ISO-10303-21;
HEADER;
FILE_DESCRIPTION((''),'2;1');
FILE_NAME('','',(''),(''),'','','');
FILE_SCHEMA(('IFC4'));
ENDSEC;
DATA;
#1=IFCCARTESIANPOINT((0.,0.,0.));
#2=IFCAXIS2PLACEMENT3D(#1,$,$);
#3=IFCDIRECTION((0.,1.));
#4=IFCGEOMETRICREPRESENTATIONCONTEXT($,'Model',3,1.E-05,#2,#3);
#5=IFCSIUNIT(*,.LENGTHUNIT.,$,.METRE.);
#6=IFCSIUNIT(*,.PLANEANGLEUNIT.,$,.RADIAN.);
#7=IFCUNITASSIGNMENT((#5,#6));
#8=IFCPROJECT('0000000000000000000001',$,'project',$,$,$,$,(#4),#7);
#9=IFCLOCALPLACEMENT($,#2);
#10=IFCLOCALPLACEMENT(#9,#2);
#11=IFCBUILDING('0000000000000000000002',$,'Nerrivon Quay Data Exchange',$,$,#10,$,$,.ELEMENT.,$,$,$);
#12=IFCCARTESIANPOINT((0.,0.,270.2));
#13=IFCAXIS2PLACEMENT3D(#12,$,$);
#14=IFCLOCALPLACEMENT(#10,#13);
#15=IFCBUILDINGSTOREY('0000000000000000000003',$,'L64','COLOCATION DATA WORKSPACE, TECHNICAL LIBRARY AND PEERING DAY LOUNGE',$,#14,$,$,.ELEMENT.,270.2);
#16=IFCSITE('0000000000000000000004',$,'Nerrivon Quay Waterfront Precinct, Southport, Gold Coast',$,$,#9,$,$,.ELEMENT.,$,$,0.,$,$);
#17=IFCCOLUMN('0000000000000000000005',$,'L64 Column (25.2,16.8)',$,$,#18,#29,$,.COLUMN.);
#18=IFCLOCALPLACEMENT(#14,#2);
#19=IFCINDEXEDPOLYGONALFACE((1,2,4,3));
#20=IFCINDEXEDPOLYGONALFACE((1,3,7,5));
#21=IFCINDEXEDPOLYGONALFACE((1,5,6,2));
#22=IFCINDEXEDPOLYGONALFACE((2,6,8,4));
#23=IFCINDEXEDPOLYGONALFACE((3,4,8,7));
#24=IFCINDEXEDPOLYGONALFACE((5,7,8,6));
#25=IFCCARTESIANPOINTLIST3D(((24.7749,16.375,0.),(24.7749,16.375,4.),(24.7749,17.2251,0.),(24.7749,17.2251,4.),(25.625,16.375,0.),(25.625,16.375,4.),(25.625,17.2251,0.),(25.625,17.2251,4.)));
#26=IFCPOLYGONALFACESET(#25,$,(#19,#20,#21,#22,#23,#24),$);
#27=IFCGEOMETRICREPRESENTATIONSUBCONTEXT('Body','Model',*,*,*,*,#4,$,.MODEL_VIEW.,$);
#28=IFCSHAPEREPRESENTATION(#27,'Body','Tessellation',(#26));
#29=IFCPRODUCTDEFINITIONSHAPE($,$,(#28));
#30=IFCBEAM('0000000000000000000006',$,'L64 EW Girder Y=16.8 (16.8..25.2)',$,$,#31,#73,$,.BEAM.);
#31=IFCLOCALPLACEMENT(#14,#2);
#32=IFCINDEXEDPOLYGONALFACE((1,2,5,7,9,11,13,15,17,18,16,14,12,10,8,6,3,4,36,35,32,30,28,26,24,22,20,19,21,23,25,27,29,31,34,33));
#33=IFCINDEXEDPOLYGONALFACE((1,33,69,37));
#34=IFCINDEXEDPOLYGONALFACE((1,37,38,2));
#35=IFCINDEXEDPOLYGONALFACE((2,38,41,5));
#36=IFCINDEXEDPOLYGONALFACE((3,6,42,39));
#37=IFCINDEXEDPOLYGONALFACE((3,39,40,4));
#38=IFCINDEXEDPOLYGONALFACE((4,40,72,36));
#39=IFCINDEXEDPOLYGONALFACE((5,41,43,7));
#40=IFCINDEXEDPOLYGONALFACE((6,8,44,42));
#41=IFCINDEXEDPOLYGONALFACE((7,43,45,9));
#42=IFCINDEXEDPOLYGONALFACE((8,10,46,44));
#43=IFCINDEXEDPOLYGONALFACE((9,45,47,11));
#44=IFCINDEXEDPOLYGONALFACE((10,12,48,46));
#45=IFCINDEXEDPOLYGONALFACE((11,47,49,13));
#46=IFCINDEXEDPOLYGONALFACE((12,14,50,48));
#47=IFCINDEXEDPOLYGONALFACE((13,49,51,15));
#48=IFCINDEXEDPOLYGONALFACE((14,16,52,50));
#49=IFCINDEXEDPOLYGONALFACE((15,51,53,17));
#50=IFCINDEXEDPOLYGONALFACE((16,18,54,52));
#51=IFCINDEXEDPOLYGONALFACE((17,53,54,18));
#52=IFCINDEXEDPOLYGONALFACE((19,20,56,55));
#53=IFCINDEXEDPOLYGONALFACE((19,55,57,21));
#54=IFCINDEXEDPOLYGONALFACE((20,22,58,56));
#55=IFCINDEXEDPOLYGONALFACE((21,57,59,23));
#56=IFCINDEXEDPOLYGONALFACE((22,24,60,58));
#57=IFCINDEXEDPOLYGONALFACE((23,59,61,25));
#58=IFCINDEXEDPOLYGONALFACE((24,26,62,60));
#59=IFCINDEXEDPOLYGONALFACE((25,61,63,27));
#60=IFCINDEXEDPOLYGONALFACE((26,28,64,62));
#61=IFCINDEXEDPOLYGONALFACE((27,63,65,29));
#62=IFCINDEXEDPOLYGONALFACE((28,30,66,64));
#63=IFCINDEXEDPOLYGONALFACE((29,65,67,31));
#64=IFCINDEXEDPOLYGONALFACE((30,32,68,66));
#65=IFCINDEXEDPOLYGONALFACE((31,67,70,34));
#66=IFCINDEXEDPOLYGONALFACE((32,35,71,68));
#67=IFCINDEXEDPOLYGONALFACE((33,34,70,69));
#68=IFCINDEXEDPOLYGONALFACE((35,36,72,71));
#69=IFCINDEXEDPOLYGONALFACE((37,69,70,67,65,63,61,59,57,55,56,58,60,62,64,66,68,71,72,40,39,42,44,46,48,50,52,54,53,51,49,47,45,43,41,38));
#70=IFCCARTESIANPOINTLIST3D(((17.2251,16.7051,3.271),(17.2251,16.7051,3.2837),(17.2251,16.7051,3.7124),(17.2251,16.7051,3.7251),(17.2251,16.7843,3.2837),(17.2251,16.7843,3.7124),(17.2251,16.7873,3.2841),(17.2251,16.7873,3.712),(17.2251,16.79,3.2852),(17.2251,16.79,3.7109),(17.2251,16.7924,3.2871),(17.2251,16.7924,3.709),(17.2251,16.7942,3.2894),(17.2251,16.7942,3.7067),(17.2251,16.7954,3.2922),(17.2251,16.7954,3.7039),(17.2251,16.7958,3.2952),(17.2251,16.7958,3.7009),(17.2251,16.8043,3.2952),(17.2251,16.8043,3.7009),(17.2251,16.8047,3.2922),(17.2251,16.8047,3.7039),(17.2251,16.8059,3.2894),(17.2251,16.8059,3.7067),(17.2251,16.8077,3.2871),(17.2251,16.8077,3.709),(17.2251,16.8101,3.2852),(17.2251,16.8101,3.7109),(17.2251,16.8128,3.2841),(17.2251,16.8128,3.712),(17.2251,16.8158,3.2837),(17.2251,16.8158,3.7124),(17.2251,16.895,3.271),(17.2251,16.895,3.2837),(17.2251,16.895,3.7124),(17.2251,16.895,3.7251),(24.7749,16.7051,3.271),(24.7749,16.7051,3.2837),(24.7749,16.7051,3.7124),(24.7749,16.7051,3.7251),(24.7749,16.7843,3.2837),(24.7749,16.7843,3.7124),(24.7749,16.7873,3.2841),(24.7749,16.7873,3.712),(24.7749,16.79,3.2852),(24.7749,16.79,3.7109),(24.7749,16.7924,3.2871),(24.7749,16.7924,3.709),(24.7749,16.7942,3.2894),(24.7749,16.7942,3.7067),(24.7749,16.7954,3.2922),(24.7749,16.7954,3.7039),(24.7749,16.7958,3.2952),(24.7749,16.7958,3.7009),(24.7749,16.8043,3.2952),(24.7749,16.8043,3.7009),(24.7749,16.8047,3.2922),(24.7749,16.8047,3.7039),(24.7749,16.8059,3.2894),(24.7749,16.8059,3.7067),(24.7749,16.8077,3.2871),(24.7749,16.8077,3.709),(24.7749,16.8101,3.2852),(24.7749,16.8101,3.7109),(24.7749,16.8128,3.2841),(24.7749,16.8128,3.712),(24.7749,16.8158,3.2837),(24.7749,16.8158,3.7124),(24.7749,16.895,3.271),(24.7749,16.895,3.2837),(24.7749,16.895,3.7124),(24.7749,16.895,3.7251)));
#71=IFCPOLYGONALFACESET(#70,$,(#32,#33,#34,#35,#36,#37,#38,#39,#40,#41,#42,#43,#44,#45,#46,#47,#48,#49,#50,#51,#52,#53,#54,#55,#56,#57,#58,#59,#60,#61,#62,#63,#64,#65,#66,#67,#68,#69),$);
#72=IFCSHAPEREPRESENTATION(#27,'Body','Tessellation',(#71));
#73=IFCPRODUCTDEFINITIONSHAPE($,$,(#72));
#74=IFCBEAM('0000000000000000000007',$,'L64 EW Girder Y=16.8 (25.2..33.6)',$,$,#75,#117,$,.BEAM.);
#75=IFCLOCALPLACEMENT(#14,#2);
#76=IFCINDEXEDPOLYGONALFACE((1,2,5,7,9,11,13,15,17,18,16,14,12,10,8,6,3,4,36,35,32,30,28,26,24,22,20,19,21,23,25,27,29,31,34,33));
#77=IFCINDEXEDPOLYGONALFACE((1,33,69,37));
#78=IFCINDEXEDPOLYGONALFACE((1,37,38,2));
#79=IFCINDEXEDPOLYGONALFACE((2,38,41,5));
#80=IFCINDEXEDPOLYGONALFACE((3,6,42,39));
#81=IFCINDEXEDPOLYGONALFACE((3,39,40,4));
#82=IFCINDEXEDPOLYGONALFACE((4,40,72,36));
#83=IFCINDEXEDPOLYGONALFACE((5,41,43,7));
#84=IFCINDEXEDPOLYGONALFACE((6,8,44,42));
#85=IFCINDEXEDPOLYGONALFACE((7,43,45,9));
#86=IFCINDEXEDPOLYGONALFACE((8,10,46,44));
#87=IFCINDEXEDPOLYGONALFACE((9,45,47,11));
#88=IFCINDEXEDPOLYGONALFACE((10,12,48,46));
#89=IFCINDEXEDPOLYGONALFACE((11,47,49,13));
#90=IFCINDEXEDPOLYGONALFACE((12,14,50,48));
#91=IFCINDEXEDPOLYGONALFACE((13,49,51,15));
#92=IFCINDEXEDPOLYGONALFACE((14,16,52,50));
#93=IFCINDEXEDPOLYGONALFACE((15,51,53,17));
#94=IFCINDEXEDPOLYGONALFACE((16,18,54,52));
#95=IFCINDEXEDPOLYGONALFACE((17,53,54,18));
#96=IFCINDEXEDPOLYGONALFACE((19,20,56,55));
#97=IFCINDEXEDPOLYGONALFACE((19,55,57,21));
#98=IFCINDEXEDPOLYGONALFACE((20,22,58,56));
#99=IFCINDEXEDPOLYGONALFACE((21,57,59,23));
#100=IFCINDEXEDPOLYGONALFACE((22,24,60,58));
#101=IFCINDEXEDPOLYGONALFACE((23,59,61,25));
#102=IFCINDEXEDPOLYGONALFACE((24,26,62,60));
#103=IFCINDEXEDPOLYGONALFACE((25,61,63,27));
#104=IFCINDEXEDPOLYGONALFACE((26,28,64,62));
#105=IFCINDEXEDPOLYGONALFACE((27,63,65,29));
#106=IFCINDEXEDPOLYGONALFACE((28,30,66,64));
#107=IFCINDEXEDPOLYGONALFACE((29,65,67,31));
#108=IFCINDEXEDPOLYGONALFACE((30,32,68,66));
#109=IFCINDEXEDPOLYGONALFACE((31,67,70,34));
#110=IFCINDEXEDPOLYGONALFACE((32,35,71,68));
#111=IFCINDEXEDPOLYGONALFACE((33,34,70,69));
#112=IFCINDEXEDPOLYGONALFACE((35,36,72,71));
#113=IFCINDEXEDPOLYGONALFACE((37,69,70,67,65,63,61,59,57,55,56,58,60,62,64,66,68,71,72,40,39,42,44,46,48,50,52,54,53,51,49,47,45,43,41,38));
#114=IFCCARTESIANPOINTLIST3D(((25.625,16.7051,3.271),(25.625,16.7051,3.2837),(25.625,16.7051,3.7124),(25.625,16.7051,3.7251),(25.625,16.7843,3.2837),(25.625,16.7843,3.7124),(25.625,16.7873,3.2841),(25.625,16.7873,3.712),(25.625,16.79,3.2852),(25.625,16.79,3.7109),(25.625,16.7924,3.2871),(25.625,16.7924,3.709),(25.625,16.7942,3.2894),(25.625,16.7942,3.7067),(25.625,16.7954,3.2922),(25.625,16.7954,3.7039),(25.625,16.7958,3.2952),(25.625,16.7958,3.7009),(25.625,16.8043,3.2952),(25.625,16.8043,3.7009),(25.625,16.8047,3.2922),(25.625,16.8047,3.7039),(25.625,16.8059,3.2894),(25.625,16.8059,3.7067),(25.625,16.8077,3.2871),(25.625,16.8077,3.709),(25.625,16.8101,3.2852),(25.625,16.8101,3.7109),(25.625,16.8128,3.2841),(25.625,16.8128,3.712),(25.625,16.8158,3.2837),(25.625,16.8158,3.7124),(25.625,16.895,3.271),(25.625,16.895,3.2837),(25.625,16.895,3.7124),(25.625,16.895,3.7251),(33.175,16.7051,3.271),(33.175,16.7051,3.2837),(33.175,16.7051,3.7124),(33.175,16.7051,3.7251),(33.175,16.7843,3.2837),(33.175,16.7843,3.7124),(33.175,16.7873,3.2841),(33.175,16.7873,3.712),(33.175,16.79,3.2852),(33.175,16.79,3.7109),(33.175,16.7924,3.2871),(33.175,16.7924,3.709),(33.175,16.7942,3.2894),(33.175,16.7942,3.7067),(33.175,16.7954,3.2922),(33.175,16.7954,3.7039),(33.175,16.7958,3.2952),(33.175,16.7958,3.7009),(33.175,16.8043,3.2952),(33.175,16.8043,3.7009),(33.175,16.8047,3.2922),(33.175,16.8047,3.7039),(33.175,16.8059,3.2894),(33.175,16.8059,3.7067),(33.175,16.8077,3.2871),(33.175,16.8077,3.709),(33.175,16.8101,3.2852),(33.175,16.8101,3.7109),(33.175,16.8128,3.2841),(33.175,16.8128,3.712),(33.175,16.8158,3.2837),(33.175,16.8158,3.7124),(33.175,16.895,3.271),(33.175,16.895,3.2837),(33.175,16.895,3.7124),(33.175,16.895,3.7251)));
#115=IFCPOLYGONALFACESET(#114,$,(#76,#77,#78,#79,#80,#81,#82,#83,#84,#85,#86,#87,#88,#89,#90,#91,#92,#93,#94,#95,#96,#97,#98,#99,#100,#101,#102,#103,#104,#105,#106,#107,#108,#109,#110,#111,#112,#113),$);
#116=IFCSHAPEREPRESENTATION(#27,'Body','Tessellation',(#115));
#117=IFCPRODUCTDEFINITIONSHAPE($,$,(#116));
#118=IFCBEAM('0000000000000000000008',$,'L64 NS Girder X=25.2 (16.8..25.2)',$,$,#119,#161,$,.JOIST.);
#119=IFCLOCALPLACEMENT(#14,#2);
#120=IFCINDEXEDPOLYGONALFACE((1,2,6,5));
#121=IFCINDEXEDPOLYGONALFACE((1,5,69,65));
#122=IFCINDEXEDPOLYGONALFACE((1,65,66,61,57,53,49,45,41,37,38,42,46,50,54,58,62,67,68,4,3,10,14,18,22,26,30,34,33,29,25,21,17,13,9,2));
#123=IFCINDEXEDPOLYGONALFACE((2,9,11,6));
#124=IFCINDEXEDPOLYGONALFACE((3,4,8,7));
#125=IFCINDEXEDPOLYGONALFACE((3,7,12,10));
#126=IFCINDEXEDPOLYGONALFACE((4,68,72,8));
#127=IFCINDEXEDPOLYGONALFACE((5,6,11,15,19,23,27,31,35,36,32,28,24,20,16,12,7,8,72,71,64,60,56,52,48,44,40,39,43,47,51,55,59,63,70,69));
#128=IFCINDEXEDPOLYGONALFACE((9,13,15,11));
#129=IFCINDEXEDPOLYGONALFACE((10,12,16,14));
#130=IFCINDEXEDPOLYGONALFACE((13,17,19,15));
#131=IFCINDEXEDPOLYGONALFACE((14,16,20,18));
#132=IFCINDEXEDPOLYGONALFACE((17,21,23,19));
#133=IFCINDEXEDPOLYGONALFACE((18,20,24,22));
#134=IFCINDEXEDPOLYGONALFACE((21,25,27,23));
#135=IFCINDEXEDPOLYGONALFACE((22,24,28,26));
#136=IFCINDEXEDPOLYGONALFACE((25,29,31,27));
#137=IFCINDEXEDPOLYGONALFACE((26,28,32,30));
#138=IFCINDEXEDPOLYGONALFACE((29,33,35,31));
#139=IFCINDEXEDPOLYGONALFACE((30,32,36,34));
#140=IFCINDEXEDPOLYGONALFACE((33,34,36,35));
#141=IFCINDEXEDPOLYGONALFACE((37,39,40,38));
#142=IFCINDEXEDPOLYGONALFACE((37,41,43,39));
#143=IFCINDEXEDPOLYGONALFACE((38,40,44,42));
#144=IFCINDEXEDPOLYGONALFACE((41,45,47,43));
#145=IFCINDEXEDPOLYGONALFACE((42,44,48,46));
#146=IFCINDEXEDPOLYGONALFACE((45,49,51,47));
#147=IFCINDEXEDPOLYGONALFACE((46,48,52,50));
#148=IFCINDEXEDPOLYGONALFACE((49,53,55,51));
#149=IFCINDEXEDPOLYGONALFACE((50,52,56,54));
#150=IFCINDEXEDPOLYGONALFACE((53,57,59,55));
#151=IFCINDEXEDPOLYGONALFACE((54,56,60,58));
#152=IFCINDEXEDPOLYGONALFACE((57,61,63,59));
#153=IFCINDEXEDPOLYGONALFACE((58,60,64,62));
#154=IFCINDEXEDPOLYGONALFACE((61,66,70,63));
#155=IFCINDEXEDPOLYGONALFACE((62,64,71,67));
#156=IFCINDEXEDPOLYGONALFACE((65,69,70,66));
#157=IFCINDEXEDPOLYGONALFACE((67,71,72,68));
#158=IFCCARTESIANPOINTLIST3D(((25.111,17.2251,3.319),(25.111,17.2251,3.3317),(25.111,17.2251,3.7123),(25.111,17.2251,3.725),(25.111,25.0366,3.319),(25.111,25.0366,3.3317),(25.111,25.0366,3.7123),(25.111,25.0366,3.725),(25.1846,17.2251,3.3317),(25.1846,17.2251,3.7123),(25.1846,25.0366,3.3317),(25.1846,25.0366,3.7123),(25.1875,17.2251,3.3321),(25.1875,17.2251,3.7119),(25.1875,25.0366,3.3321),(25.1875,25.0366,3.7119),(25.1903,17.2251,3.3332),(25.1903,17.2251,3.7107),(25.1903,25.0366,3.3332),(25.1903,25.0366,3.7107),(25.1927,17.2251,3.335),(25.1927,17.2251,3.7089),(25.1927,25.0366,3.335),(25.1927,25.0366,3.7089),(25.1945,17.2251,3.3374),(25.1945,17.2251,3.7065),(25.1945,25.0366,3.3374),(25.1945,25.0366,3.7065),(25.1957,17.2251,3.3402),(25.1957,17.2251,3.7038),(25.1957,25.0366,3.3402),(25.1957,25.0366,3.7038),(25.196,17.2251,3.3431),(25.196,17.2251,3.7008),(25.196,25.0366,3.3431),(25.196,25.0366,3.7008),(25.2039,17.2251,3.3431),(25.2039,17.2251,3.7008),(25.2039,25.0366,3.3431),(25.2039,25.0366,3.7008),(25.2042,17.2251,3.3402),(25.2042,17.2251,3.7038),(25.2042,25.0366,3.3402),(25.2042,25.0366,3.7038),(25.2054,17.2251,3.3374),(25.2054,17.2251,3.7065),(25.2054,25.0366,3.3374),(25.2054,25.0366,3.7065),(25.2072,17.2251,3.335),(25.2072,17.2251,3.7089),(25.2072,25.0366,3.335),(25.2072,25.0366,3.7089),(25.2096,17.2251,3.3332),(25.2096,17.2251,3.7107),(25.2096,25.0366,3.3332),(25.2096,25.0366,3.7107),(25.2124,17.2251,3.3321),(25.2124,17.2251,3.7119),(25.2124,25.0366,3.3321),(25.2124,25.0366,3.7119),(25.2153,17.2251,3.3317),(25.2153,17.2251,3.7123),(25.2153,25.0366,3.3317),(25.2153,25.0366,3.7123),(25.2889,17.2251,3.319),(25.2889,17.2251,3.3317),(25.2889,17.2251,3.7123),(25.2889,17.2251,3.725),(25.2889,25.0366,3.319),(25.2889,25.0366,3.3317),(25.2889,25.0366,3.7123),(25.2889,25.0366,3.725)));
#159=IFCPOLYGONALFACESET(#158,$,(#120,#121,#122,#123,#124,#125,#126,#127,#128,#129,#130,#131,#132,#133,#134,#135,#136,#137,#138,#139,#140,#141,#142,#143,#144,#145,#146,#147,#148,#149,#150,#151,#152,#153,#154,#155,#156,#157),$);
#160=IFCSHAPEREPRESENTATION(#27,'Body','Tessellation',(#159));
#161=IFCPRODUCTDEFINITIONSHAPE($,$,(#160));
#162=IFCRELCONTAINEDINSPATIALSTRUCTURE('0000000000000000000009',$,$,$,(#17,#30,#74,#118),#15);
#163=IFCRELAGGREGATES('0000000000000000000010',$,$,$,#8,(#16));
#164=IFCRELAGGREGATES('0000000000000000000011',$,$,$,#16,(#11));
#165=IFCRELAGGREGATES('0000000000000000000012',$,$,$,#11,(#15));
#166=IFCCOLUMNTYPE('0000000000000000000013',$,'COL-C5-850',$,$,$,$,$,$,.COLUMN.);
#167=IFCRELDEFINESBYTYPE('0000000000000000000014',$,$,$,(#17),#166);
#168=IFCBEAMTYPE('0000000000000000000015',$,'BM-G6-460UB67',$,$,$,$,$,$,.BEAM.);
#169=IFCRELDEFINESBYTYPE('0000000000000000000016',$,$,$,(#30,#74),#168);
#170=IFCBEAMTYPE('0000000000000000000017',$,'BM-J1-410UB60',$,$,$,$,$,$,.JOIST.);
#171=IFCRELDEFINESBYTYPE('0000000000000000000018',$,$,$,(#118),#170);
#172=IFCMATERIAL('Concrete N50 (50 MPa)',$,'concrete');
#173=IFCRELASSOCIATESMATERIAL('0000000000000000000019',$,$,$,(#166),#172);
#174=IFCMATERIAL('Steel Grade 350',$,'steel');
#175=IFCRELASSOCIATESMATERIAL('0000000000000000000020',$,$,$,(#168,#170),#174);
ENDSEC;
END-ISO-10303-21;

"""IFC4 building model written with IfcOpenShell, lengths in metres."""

from ifc_helpers import new_model, si_unit, direction, frame, origin, origin_2d, place, context, subcontext, project, spatial, rectangle, i_section, extrude, material, material_profile, profile_set, type_object, element, save


model = new_model("IFC4")

# Units and contexts
model_context = context("Model", 3, precision=1e-05, world=origin(), true_north=direction((0.0, 1.0)))
body_context = subcontext(model_context, "Body", "Model", "MODEL_VIEW")
ifc_project = project(units=[si_unit("LENGTHUNIT", "METRE"), si_unit("PLANEANGLEUNIT", "RADIAN")], contexts=[model_context])

# Site, building, storey
site_placement = place(None, origin())
site = spatial("IfcSite", under=ifc_project, at=site_placement, Name="Nerrivon Quay Waterfront Precinct, Southport, Gold Coast", CompositionType="ELEMENT", RefElevation=0.0)
building_placement = place(site_placement, origin())
building = spatial("IfcBuilding", under=site, at=building_placement, Name="Nerrivon Quay Data Exchange", CompositionType="ELEMENT")
storey_placement = place(building_placement, frame((0.0, 0.0, 270.2)))
storey = spatial("IfcBuildingStorey", under=building, at=storey_placement, Name="L64", Description="COLOCATION DATA WORKSPACE, TECHNICAL LIBRARY AND PEERING DAY LOUNGE", CompositionType="ELEMENT", Elevation=270.2)

# Column
ifc_material_1 = material(Name="Concrete N50 (50 MPa)", Category="concrete")
ifc_material_profile_1 = material_profile(ifc_material_1, rectangle(XDim=0.8501, YDim=0.8501, at=origin_2d()), Name="RC-COL-850x850")
ifc_profile_set_1 = profile_set([ifc_material_profile_1], Name="Concrete N50 (50 MPa)")
column_type = type_object("IfcColumnType", Name="COL-C5-850", PredefinedType="COLUMN", material=ifc_profile_set_1)
column_placement = place(storey_placement, frame((25.2, 16.8, 0.0), z_axis=(0.0, 0.0, 1.0), x_axis=(1.0, 0.0, 0.0)))
element("IfcColumn", 1, at=column_placement, inside=storey, type_object=column_type, Name="L64 Column (25.2,16.8)", PredefinedType="COLUMN", context=body_context, shape_type="SweptSolid", body=[
    extrude(rectangle(XDim=0.8501, YDim=0.8501, at=origin_2d()), origin(), (0.0, 0.0, 1.0), 4.0),
])

# Beams
ifc_material_2 = material(Name="Steel Grade 350", Category="steel")
ifc_material_profile_2 = material_profile(ifc_material_2, i_section(OverallWidth=0.1899, OverallDepth=0.4541, WebThickness=0.0085, FlangeThickness=0.0127, FilletRadius=0.0115, at=origin_2d()), Name="460UB67.1")
ifc_profile_set_2 = profile_set([ifc_material_profile_2], Name="Steel Grade 350")
beam_type_1 = type_object("IfcBeamType", Name="BM-G6-460UB67", PredefinedType="BEAM", material=ifc_profile_set_2)
beam_1_placement = place(storey_placement, frame((17.2251, 16.8, 3.498), z_axis=(1.0, 0.0, 0.0), x_axis=(0.0, 1.0, 0.0)))
element("IfcBeam", 2, at=beam_1_placement, inside=storey, type_object=beam_type_1, Name="L64 EW Girder Y=16.8 (16.8..25.2)", PredefinedType="BEAM", context=body_context, shape_type="SweptSolid", body=[
    extrude(i_section(OverallWidth=0.1899, OverallDepth=0.4541, WebThickness=0.0085, FlangeThickness=0.0127, FilletRadius=0.0115, at=origin_2d()), origin(), (0.0, 0.0, 1.0), 7.5498),
])
beam_2_placement = place(storey_placement, frame((25.625, 16.8, 3.498), z_axis=(1.0, 0.0, 0.0), x_axis=(0.0, 1.0, 0.0)))
element("IfcBeam", 3, at=beam_2_placement, inside=storey, type_object=beam_type_1, Name="L64 EW Girder Y=16.8 (25.2..33.6)", PredefinedType="BEAM", context=body_context, shape_type="SweptSolid", body=[
    extrude(i_section(OverallWidth=0.1899, OverallDepth=0.4541, WebThickness=0.0085, FlangeThickness=0.0127, FilletRadius=0.0115, at=origin_2d()), origin(), (0.0, 0.0, 1.0), 7.55),
])
ifc_material_profile_3 = material_profile(ifc_material_2, i_section(OverallWidth=0.178, OverallDepth=0.406, WebThickness=0.0078, FlangeThickness=0.0127, FilletRadius=0.0115, at=origin_2d()), Name="410UB59.7")
ifc_profile_set_3 = profile_set([ifc_material_profile_3], Name="Steel Grade 350")
beam_type_2 = type_object("IfcBeamType", Name="BM-J1-410UB60", PredefinedType="JOIST", material=ifc_profile_set_3)
beam_3_placement = place(storey_placement, frame((25.2, 17.2251, 3.522), z_axis=(0.0, 1.0, 0.0), x_axis=(-1.0, 0.0, 0.0)))
element("IfcBeam", 4, at=beam_3_placement, inside=storey, type_object=beam_type_2, Name="L64 NS Girder X=25.2 (16.8..25.2)", PredefinedType="JOIST", context=body_context, shape_type="SweptSolid", body=[
    extrude(i_section(OverallWidth=0.178, OverallDepth=0.406, WebThickness=0.0078, FlangeThickness=0.0127, FilletRadius=0.0115, at=origin_2d()), origin(), (0.0, 0.0, 1.0), 7.8115),
])

save(model, "model.ifc")
